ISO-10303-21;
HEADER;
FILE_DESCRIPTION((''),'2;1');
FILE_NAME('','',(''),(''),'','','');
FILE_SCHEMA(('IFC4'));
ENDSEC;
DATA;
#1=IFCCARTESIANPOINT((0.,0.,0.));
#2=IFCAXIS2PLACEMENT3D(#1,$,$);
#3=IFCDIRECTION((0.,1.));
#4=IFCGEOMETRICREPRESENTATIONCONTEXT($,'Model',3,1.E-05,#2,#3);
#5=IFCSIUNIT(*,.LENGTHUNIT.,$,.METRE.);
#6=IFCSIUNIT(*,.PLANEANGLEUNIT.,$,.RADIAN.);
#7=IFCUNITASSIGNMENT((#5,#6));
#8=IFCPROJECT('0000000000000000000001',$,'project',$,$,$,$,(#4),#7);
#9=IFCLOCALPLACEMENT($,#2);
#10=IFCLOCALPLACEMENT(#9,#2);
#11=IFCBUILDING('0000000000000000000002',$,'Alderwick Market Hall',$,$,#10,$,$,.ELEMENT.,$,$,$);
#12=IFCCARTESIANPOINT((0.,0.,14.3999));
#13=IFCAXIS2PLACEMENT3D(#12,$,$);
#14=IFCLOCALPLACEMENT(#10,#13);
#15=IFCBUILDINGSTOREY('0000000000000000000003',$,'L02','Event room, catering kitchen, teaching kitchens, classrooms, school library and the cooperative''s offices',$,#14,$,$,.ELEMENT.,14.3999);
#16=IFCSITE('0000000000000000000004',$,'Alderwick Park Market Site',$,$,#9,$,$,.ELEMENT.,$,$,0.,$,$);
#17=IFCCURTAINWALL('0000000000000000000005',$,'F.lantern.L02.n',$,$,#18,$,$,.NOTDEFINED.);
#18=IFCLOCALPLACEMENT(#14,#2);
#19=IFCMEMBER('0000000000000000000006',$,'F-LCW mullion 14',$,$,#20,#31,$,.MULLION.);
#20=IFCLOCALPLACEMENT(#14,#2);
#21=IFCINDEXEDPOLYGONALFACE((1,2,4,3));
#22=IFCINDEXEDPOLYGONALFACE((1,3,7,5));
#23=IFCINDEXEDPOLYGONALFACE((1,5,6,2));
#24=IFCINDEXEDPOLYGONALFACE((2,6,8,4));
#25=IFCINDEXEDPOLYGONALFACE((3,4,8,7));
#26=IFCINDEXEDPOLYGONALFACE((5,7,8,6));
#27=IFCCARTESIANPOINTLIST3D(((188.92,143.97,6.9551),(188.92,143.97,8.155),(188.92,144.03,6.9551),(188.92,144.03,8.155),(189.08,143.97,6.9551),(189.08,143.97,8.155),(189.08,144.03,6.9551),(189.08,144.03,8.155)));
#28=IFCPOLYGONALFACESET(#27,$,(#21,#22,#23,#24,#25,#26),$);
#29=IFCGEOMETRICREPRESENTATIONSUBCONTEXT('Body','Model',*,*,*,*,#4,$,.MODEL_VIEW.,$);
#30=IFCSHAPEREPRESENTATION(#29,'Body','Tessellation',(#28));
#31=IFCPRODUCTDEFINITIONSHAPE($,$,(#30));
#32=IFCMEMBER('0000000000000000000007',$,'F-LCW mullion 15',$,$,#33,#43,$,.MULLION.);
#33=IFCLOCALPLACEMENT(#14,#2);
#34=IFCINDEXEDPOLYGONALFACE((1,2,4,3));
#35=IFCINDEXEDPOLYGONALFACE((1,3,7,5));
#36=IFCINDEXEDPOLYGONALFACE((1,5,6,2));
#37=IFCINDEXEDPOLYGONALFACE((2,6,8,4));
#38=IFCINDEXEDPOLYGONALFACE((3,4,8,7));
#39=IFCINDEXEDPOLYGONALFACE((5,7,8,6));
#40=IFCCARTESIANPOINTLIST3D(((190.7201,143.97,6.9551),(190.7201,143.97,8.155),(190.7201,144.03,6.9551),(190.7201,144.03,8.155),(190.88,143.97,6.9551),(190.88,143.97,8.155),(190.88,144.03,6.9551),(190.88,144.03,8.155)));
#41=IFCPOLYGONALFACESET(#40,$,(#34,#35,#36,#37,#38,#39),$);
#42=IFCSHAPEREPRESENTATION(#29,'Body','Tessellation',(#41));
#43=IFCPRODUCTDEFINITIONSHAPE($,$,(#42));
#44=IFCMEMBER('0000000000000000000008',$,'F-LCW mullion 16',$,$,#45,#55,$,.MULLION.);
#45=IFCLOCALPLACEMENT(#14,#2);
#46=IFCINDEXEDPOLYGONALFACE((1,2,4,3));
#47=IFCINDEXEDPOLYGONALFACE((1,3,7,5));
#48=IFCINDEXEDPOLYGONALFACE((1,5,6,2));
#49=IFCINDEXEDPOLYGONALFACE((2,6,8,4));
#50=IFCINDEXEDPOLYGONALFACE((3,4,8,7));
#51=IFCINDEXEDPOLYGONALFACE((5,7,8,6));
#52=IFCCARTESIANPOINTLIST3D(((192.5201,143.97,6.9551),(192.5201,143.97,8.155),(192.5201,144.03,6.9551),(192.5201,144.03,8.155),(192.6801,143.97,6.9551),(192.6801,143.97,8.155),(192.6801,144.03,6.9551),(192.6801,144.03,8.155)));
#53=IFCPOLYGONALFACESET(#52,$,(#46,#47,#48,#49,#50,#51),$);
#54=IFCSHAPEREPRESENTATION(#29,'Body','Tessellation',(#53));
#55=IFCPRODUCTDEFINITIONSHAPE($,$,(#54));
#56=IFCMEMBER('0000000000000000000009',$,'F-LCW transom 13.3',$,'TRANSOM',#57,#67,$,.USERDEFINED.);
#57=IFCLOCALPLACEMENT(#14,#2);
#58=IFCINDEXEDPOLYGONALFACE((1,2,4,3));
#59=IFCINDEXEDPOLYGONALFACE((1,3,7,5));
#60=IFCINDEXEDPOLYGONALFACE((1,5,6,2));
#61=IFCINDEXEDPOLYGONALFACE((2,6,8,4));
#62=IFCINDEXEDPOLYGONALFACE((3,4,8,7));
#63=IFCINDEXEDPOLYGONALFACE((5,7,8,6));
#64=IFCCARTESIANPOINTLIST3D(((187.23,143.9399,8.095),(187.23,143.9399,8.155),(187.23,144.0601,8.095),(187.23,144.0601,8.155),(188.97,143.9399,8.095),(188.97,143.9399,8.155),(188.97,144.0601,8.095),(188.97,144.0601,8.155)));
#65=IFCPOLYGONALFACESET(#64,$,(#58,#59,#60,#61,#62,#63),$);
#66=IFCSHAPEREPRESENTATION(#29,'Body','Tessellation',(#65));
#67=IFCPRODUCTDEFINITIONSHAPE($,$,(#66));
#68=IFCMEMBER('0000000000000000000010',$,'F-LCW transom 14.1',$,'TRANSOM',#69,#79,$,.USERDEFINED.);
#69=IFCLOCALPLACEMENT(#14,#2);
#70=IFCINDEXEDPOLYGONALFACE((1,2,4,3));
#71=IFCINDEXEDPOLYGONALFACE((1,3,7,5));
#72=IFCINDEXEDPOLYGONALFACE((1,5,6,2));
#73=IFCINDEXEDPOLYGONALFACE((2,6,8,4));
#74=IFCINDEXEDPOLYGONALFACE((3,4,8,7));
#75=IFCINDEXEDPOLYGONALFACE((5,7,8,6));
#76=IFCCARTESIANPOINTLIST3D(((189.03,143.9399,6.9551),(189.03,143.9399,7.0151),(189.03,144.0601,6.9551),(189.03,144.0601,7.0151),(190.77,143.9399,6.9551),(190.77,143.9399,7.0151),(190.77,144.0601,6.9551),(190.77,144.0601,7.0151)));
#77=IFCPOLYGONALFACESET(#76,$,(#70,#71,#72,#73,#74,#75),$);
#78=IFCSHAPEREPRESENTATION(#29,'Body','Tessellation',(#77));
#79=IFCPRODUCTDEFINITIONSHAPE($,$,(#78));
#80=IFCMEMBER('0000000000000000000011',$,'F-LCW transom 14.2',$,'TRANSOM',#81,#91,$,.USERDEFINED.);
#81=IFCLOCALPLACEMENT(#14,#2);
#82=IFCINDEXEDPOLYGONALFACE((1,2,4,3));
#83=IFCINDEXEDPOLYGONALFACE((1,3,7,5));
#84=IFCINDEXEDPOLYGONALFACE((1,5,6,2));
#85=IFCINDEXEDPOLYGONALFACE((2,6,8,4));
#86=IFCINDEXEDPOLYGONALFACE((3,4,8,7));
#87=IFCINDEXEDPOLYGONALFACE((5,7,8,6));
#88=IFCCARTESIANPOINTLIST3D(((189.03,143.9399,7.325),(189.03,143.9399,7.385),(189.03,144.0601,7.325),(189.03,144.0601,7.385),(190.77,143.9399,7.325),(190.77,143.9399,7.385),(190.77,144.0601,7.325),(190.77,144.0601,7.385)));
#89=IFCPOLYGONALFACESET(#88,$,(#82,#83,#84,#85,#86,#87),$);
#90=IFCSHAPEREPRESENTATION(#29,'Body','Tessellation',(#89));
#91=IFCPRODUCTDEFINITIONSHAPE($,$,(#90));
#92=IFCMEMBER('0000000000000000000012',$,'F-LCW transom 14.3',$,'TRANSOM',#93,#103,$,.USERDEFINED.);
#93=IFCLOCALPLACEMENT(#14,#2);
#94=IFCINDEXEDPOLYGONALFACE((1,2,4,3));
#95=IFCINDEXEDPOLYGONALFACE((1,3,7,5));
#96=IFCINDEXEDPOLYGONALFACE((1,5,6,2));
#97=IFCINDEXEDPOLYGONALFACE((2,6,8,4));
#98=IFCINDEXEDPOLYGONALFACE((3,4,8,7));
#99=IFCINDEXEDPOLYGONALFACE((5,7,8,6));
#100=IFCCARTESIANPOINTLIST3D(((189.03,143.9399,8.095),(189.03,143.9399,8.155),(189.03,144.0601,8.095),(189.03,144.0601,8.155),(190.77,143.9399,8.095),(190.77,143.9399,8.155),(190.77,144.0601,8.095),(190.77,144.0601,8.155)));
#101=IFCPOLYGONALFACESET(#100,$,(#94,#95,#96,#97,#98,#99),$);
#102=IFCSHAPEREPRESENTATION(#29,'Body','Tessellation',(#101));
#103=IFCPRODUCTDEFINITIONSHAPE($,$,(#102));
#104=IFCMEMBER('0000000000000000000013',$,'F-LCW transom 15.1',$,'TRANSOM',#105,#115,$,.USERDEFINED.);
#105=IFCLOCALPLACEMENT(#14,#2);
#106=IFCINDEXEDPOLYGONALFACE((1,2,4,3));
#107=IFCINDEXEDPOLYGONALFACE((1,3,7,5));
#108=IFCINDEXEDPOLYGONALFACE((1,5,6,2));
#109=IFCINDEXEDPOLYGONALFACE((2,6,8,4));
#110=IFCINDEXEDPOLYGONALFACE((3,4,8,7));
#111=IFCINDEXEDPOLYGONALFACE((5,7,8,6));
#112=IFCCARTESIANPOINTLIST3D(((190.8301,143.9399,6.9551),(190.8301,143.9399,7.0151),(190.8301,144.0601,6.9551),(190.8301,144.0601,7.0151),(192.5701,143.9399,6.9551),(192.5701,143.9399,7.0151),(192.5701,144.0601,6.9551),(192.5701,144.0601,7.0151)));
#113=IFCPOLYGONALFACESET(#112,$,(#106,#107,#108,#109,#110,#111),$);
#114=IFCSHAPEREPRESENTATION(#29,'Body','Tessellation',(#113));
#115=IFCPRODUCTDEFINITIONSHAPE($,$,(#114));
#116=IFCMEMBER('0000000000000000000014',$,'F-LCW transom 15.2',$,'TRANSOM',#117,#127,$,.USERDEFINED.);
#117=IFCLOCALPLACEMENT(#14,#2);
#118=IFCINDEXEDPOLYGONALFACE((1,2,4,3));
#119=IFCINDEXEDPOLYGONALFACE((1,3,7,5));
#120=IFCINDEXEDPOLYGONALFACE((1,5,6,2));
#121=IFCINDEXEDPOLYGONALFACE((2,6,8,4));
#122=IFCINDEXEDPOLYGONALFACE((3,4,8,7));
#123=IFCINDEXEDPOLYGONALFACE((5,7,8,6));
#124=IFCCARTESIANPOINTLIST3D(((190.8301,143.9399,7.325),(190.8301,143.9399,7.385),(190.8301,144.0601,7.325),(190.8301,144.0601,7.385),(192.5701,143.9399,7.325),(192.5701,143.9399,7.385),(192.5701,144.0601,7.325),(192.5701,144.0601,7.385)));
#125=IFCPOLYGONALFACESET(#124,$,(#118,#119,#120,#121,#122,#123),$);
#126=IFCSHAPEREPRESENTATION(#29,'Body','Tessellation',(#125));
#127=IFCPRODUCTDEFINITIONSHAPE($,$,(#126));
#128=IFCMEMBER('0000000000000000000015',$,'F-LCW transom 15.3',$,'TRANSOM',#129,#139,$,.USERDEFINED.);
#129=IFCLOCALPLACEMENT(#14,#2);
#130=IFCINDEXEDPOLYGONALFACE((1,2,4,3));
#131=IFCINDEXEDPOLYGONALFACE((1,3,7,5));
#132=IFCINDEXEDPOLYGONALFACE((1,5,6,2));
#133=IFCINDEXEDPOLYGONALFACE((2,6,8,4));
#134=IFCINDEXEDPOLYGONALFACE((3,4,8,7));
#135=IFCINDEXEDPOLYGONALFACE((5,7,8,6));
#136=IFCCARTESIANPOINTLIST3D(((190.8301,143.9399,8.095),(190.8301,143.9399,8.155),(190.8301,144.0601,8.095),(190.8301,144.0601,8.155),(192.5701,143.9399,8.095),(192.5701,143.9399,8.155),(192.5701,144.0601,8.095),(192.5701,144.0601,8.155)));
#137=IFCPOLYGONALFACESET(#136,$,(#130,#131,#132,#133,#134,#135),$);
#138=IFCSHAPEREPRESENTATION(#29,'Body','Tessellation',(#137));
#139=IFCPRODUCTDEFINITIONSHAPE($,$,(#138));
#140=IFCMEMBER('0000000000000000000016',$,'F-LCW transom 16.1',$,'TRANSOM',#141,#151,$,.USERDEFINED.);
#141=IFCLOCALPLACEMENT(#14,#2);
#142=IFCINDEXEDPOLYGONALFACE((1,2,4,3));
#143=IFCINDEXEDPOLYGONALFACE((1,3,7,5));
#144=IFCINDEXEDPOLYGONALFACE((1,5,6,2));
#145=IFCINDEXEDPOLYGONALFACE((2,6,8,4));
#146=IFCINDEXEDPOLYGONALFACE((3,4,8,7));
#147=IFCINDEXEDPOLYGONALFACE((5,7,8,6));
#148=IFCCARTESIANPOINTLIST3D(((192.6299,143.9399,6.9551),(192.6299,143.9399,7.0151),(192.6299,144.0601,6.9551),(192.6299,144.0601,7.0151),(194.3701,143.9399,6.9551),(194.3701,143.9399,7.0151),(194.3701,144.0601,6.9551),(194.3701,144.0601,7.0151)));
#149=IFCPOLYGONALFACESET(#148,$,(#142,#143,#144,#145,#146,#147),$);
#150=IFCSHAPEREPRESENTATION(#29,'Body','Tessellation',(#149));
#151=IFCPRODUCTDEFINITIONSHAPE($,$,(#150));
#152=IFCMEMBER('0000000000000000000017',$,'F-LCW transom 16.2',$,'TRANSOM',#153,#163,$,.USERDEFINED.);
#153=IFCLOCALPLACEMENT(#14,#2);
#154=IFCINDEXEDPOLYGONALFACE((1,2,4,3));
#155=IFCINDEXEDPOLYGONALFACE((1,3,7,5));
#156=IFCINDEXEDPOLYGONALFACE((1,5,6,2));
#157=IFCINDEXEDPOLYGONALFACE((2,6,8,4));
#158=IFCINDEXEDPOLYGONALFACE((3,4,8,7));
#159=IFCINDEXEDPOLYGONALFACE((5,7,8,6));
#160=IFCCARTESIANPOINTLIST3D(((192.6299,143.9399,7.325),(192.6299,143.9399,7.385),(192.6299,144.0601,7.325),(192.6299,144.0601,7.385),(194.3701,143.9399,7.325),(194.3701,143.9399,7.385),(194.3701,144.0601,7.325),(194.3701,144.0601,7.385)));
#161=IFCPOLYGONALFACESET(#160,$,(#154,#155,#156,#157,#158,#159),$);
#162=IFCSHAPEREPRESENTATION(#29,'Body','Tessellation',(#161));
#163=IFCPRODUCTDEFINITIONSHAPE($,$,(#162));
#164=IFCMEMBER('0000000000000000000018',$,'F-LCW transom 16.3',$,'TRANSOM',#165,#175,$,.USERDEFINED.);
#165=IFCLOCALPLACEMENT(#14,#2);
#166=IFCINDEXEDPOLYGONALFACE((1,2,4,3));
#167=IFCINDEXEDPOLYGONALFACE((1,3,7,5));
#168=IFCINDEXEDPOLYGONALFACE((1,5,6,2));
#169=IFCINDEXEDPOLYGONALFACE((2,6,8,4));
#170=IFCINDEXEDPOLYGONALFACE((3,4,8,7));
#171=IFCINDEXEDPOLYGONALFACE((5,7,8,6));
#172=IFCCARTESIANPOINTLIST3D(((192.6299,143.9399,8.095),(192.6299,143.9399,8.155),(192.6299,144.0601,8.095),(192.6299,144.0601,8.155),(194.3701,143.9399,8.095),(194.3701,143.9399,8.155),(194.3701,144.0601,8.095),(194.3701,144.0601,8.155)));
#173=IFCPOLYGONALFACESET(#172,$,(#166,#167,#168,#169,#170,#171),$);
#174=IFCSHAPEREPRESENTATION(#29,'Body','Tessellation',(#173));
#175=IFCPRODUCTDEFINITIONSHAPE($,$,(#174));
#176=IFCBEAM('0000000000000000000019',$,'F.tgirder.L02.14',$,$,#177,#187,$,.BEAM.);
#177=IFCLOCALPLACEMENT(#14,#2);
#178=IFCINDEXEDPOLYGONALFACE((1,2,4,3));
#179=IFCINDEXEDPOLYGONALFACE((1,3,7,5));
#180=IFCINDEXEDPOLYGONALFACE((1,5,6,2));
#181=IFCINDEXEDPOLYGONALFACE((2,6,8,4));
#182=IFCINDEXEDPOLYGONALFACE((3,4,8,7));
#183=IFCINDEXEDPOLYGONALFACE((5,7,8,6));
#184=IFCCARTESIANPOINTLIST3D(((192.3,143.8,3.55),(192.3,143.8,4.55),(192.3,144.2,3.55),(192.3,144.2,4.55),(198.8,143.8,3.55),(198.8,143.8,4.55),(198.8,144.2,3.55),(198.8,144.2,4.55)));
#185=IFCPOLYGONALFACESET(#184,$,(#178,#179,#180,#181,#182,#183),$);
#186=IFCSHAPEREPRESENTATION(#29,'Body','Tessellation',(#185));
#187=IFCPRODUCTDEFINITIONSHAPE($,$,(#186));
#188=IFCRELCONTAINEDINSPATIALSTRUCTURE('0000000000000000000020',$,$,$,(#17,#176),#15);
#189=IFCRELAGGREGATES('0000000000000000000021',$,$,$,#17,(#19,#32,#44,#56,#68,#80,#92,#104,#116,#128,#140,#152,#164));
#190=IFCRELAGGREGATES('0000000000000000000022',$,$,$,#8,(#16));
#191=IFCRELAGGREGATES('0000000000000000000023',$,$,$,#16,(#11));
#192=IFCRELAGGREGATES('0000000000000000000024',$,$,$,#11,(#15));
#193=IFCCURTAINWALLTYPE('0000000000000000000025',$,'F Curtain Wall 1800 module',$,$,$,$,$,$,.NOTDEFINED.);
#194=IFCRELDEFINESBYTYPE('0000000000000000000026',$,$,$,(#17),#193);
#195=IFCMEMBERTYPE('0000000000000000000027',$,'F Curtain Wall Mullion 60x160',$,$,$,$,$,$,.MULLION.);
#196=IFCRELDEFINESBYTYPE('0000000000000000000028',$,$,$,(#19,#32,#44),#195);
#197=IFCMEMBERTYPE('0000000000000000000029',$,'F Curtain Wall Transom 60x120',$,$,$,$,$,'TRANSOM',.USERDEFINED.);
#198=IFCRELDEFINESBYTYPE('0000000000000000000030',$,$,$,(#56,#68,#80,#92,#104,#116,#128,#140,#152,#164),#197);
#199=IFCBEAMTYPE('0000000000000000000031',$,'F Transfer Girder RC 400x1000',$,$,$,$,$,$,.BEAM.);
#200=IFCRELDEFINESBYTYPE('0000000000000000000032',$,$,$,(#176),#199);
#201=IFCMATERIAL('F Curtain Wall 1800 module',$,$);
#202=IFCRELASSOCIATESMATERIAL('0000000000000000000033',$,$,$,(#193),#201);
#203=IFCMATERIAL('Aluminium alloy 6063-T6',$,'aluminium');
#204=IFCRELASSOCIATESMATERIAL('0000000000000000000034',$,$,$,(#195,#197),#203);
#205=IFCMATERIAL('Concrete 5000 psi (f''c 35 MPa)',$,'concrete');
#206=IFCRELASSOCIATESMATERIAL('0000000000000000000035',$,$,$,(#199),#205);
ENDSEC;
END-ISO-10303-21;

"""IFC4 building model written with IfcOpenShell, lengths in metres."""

from ifc_helpers import new_model, si_unit, direction, frame, origin, origin_2d, place, context, subcontext, project, spatial, rectangle, extrude, material, material_profile, profile_set, type_object, element, aggregate, save


model = new_model("IFC4")

# Units and contexts
model_context = context("Model", 3, precision=1e-05, world=origin(), true_north=direction((0.0, 1.0)))
body_context = subcontext(model_context, "Body", "Model", "MODEL_VIEW")
ifc_project = project(units=[si_unit("LENGTHUNIT", "METRE"), si_unit("PLANEANGLEUNIT", "RADIAN")], contexts=[model_context])

# Site, building, storey
site_placement = place(None, origin())
site = spatial("IfcSite", under=ifc_project, at=site_placement, Name="Alderwick Park Market Site", CompositionType="ELEMENT", RefElevation=0.0)
building_placement = place(site_placement, origin())
building = spatial("IfcBuilding", under=site, at=building_placement, Name="Alderwick Market Hall", CompositionType="ELEMENT")
storey_placement = place(building_placement, frame((0.0, 0.0, 14.3999)))
storey = spatial("IfcBuildingStorey", under=building, at=storey_placement, Name="L02", Description="Event room, catering kitchen, teaching kitchens, classrooms, school library and the cooperative's offices", CompositionType="ELEMENT", Elevation=14.3999)

# Curtain wall, members
ifc_material_1 = material(Name="F Curtain Wall 1800 module")
curtain_wall_type = type_object("IfcCurtainWallType", Name="F Curtain Wall 1800 module", PredefinedType="NOTDEFINED", material=ifc_material_1)
curtain_wall_placement = place(storey_placement, origin())
curtain_wall = element("IfcCurtainWall", 1, at=curtain_wall_placement, inside=storey, type_object=curtain_wall_type, Name="F.lantern.L02.n", PredefinedType="NOTDEFINED")
ifc_material_2 = material(Name="Aluminium alloy 6063-T6", Category="aluminium")
ifc_material_profile_1 = material_profile(ifc_material_2, rectangle(XDim=0.0601, YDim=0.1599, at=origin_2d()), Name="AL 60x160")
ifc_profile_set_1 = profile_set([ifc_material_profile_1], Name="Aluminium alloy 6063-T6")
member_type_1 = type_object("IfcMemberType", Name="F Curtain Wall Mullion 60x160", PredefinedType="MULLION", material=ifc_profile_set_1)
member_1_placement = place(storey_placement, frame((189.0, 144.0, 6.9551), z_axis=(0.0, 0.0, 1.0), x_axis=(0.0, 1.0, 0.0)))
member_1 = element("IfcMember", 2, at=member_1_placement, type_object=member_type_1, Name="F-LCW mullion 14", PredefinedType="MULLION", context=body_context, shape_type="SweptSolid", body=[
    extrude(rectangle(XDim=0.0601, YDim=0.1599, at=origin_2d()), origin(), (0.0, 0.0, 1.0), 1.2),
])
member_2_placement = place(storey_placement, frame((190.8, 144.0, 6.9551), z_axis=(0.0, 0.0, 1.0), x_axis=(0.0, 1.0, 0.0)))
member_2 = element("IfcMember", 3, at=member_2_placement, type_object=member_type_1, Name="F-LCW mullion 15", PredefinedType="MULLION", context=body_context, shape_type="SweptSolid", body=[
    extrude(rectangle(XDim=0.0601, YDim=0.1599, at=origin_2d()), origin(), (0.0, 0.0, 1.0), 1.2),
])
member_3_placement = place(storey_placement, frame((192.6001, 144.0, 6.9551), z_axis=(0.0, 0.0, 1.0), x_axis=(0.0, 1.0, 0.0)))
member_3 = element("IfcMember", 4, at=member_3_placement, type_object=member_type_1, Name="F-LCW mullion 16", PredefinedType="MULLION", context=body_context, shape_type="SweptSolid", body=[
    extrude(rectangle(XDim=0.0601, YDim=0.1599, at=origin_2d()), origin(), (0.0, 0.0, 1.0), 1.2),
])
ifc_material_profile_2 = material_profile(ifc_material_2, rectangle(XDim=0.1201, YDim=0.0601, at=origin_2d()), Name="AL 60x120")
ifc_profile_set_2 = profile_set([ifc_material_profile_2], Name="Aluminium alloy 6063-T6")
member_type_2 = type_object("IfcMemberType", Name="F Curtain Wall Transom 60x120", ElementType="TRANSOM", PredefinedType="USERDEFINED", material=ifc_profile_set_2)
member_4_placement = place(storey_placement, frame((187.23, 144.0, 8.125), z_axis=(1.0, 0.0, 0.0), x_axis=(0.0, 1.0, 0.0)))
member_4 = element("IfcMember", 5, at=member_4_placement, type_object=member_type_2, Name="F-LCW transom 13.3", ObjectType="TRANSOM", PredefinedType="USERDEFINED", context=body_context, shape_type="SweptSolid", body=[
    extrude(rectangle(XDim=0.1201, YDim=0.0601, at=origin_2d()), origin(), (0.0, 0.0, 1.0), 1.74),
])
member_5_placement = place(storey_placement, frame((189.03, 144.0, 6.9851), z_axis=(1.0, 0.0, 0.0), x_axis=(0.0, 1.0, 0.0)))
member_5 = element("IfcMember", 6, at=member_5_placement, type_object=member_type_2, Name="F-LCW transom 14.1", ObjectType="TRANSOM", PredefinedType="USERDEFINED", context=body_context, shape_type="SweptSolid", body=[
    extrude(rectangle(XDim=0.1201, YDim=0.0601, at=origin_2d()), origin(), (0.0, 0.0, 1.0), 1.74),
])
member_6_placement = place(storey_placement, frame((189.03, 144.0, 7.355), z_axis=(1.0, 0.0, 0.0), x_axis=(0.0, 1.0, 0.0)))
member_6 = element("IfcMember", 7, at=member_6_placement, type_object=member_type_2, Name="F-LCW transom 14.2", ObjectType="TRANSOM", PredefinedType="USERDEFINED", context=body_context, shape_type="SweptSolid", body=[
    extrude(rectangle(XDim=0.1201, YDim=0.0601, at=origin_2d()), origin(), (0.0, 0.0, 1.0), 1.74),
])
member_7_placement = place(storey_placement, frame((189.03, 144.0, 8.125), z_axis=(1.0, 0.0, 0.0), x_axis=(0.0, 1.0, 0.0)))
member_7 = element("IfcMember", 8, at=member_7_placement, type_object=member_type_2, Name="F-LCW transom 14.3", ObjectType="TRANSOM", PredefinedType="USERDEFINED", context=body_context, shape_type="SweptSolid", body=[
    extrude(rectangle(XDim=0.1201, YDim=0.0601, at=origin_2d()), origin(), (0.0, 0.0, 1.0), 1.74),
])
member_8_placement = place(storey_placement, frame((190.8301, 144.0, 6.9851), z_axis=(1.0, 0.0, 0.0), x_axis=(0.0, 1.0, 0.0)))
member_8 = element("IfcMember", 9, at=member_8_placement, type_object=member_type_2, Name="F-LCW transom 15.1", ObjectType="TRANSOM", PredefinedType="USERDEFINED", context=body_context, shape_type="SweptSolid", body=[
    extrude(rectangle(XDim=0.1201, YDim=0.0601, at=origin_2d()), origin(), (0.0, 0.0, 1.0), 1.74),
])
member_9_placement = place(storey_placement, frame((190.8301, 144.0, 7.355), z_axis=(1.0, 0.0, 0.0), x_axis=(0.0, 1.0, 0.0)))
member_9 = element("IfcMember", 10, at=member_9_placement, type_object=member_type_2, Name="F-LCW transom 15.2", ObjectType="TRANSOM", PredefinedType="USERDEFINED", context=body_context, shape_type="SweptSolid", body=[
    extrude(rectangle(XDim=0.1201, YDim=0.0601, at=origin_2d()), origin(), (0.0, 0.0, 1.0), 1.74),
])
member_10_placement = place(storey_placement, frame((190.8301, 144.0, 8.125), z_axis=(1.0, 0.0, 0.0), x_axis=(0.0, 1.0, 0.0)))
member_10 = element("IfcMember", 11, at=member_10_placement, type_object=member_type_2, Name="F-LCW transom 15.3", ObjectType="TRANSOM", PredefinedType="USERDEFINED", context=body_context, shape_type="SweptSolid", body=[
    extrude(rectangle(XDim=0.1201, YDim=0.0601, at=origin_2d()), origin(), (0.0, 0.0, 1.0), 1.74),
])
member_11_placement = place(storey_placement, frame((192.6299, 144.0, 6.9851), z_axis=(1.0, 0.0, 0.0), x_axis=(0.0, 1.0, 0.0)))
member_11 = element("IfcMember", 12, at=member_11_placement, type_object=member_type_2, Name="F-LCW transom 16.1", ObjectType="TRANSOM", PredefinedType="USERDEFINED", context=body_context, shape_type="SweptSolid", body=[
    extrude(rectangle(XDim=0.1201, YDim=0.0601, at=origin_2d()), origin(), (0.0, 0.0, 1.0), 1.7402),
])
member_12_placement = place(storey_placement, frame((192.6299, 144.0, 7.355), z_axis=(1.0, 0.0, 0.0), x_axis=(0.0, 1.0, 0.0)))
member_12 = element("IfcMember", 13, at=member_12_placement, type_object=member_type_2, Name="F-LCW transom 16.2", ObjectType="TRANSOM", PredefinedType="USERDEFINED", context=body_context, shape_type="SweptSolid", body=[
    extrude(rectangle(XDim=0.1201, YDim=0.0601, at=origin_2d()), origin(), (0.0, 0.0, 1.0), 1.7402),
])
member_13_placement = place(storey_placement, frame((192.6299, 144.0, 8.125), z_axis=(1.0, 0.0, 0.0), x_axis=(0.0, 1.0, 0.0)))
member_13 = element("IfcMember", 14, at=member_13_placement, type_object=member_type_2, Name="F-LCW transom 16.3", ObjectType="TRANSOM", PredefinedType="USERDEFINED", context=body_context, shape_type="SweptSolid", body=[
    extrude(rectangle(XDim=0.1201, YDim=0.0601, at=origin_2d()), origin(), (0.0, 0.0, 1.0), 1.7402),
])

# Beam
ifc_material_3 = material(Name="Concrete 5000 psi (f'c 35 MPa)", Category="concrete")
ifc_material_profile_3 = material_profile(ifc_material_3, rectangle(XDim=0.3999, YDim=1.0, at=origin_2d()), Name="RC 400x1000")
ifc_profile_set_3 = profile_set([ifc_material_profile_3], Name="Concrete 5000 psi (f'c 35 MPa)")
beam_type = type_object("IfcBeamType", Name="F Transfer Girder RC 400x1000", PredefinedType="BEAM", material=ifc_profile_set_3)
beam_placement = place(storey_placement, frame((192.3, 144.0, 4.05), z_axis=(1.0, 0.0, 0.0), x_axis=(0.0, 1.0, 0.0)))
element("IfcBeam", 15, at=beam_placement, inside=storey, type_object=beam_type, Name="F.tgirder.L02.14", PredefinedType="BEAM", context=body_context, shape_type="SweptSolid", body=[
    extrude(rectangle(XDim=0.3999, YDim=1.0, at=origin_2d()), origin(), (0.0, 0.0, 1.0), 6.5),
])

aggregate(curtain_wall, [member_1, member_2, member_3, member_4, member_5, member_6, member_7, member_8, member_9, member_10, member_11, member_12, member_13])

save(model, "model.ifc")
